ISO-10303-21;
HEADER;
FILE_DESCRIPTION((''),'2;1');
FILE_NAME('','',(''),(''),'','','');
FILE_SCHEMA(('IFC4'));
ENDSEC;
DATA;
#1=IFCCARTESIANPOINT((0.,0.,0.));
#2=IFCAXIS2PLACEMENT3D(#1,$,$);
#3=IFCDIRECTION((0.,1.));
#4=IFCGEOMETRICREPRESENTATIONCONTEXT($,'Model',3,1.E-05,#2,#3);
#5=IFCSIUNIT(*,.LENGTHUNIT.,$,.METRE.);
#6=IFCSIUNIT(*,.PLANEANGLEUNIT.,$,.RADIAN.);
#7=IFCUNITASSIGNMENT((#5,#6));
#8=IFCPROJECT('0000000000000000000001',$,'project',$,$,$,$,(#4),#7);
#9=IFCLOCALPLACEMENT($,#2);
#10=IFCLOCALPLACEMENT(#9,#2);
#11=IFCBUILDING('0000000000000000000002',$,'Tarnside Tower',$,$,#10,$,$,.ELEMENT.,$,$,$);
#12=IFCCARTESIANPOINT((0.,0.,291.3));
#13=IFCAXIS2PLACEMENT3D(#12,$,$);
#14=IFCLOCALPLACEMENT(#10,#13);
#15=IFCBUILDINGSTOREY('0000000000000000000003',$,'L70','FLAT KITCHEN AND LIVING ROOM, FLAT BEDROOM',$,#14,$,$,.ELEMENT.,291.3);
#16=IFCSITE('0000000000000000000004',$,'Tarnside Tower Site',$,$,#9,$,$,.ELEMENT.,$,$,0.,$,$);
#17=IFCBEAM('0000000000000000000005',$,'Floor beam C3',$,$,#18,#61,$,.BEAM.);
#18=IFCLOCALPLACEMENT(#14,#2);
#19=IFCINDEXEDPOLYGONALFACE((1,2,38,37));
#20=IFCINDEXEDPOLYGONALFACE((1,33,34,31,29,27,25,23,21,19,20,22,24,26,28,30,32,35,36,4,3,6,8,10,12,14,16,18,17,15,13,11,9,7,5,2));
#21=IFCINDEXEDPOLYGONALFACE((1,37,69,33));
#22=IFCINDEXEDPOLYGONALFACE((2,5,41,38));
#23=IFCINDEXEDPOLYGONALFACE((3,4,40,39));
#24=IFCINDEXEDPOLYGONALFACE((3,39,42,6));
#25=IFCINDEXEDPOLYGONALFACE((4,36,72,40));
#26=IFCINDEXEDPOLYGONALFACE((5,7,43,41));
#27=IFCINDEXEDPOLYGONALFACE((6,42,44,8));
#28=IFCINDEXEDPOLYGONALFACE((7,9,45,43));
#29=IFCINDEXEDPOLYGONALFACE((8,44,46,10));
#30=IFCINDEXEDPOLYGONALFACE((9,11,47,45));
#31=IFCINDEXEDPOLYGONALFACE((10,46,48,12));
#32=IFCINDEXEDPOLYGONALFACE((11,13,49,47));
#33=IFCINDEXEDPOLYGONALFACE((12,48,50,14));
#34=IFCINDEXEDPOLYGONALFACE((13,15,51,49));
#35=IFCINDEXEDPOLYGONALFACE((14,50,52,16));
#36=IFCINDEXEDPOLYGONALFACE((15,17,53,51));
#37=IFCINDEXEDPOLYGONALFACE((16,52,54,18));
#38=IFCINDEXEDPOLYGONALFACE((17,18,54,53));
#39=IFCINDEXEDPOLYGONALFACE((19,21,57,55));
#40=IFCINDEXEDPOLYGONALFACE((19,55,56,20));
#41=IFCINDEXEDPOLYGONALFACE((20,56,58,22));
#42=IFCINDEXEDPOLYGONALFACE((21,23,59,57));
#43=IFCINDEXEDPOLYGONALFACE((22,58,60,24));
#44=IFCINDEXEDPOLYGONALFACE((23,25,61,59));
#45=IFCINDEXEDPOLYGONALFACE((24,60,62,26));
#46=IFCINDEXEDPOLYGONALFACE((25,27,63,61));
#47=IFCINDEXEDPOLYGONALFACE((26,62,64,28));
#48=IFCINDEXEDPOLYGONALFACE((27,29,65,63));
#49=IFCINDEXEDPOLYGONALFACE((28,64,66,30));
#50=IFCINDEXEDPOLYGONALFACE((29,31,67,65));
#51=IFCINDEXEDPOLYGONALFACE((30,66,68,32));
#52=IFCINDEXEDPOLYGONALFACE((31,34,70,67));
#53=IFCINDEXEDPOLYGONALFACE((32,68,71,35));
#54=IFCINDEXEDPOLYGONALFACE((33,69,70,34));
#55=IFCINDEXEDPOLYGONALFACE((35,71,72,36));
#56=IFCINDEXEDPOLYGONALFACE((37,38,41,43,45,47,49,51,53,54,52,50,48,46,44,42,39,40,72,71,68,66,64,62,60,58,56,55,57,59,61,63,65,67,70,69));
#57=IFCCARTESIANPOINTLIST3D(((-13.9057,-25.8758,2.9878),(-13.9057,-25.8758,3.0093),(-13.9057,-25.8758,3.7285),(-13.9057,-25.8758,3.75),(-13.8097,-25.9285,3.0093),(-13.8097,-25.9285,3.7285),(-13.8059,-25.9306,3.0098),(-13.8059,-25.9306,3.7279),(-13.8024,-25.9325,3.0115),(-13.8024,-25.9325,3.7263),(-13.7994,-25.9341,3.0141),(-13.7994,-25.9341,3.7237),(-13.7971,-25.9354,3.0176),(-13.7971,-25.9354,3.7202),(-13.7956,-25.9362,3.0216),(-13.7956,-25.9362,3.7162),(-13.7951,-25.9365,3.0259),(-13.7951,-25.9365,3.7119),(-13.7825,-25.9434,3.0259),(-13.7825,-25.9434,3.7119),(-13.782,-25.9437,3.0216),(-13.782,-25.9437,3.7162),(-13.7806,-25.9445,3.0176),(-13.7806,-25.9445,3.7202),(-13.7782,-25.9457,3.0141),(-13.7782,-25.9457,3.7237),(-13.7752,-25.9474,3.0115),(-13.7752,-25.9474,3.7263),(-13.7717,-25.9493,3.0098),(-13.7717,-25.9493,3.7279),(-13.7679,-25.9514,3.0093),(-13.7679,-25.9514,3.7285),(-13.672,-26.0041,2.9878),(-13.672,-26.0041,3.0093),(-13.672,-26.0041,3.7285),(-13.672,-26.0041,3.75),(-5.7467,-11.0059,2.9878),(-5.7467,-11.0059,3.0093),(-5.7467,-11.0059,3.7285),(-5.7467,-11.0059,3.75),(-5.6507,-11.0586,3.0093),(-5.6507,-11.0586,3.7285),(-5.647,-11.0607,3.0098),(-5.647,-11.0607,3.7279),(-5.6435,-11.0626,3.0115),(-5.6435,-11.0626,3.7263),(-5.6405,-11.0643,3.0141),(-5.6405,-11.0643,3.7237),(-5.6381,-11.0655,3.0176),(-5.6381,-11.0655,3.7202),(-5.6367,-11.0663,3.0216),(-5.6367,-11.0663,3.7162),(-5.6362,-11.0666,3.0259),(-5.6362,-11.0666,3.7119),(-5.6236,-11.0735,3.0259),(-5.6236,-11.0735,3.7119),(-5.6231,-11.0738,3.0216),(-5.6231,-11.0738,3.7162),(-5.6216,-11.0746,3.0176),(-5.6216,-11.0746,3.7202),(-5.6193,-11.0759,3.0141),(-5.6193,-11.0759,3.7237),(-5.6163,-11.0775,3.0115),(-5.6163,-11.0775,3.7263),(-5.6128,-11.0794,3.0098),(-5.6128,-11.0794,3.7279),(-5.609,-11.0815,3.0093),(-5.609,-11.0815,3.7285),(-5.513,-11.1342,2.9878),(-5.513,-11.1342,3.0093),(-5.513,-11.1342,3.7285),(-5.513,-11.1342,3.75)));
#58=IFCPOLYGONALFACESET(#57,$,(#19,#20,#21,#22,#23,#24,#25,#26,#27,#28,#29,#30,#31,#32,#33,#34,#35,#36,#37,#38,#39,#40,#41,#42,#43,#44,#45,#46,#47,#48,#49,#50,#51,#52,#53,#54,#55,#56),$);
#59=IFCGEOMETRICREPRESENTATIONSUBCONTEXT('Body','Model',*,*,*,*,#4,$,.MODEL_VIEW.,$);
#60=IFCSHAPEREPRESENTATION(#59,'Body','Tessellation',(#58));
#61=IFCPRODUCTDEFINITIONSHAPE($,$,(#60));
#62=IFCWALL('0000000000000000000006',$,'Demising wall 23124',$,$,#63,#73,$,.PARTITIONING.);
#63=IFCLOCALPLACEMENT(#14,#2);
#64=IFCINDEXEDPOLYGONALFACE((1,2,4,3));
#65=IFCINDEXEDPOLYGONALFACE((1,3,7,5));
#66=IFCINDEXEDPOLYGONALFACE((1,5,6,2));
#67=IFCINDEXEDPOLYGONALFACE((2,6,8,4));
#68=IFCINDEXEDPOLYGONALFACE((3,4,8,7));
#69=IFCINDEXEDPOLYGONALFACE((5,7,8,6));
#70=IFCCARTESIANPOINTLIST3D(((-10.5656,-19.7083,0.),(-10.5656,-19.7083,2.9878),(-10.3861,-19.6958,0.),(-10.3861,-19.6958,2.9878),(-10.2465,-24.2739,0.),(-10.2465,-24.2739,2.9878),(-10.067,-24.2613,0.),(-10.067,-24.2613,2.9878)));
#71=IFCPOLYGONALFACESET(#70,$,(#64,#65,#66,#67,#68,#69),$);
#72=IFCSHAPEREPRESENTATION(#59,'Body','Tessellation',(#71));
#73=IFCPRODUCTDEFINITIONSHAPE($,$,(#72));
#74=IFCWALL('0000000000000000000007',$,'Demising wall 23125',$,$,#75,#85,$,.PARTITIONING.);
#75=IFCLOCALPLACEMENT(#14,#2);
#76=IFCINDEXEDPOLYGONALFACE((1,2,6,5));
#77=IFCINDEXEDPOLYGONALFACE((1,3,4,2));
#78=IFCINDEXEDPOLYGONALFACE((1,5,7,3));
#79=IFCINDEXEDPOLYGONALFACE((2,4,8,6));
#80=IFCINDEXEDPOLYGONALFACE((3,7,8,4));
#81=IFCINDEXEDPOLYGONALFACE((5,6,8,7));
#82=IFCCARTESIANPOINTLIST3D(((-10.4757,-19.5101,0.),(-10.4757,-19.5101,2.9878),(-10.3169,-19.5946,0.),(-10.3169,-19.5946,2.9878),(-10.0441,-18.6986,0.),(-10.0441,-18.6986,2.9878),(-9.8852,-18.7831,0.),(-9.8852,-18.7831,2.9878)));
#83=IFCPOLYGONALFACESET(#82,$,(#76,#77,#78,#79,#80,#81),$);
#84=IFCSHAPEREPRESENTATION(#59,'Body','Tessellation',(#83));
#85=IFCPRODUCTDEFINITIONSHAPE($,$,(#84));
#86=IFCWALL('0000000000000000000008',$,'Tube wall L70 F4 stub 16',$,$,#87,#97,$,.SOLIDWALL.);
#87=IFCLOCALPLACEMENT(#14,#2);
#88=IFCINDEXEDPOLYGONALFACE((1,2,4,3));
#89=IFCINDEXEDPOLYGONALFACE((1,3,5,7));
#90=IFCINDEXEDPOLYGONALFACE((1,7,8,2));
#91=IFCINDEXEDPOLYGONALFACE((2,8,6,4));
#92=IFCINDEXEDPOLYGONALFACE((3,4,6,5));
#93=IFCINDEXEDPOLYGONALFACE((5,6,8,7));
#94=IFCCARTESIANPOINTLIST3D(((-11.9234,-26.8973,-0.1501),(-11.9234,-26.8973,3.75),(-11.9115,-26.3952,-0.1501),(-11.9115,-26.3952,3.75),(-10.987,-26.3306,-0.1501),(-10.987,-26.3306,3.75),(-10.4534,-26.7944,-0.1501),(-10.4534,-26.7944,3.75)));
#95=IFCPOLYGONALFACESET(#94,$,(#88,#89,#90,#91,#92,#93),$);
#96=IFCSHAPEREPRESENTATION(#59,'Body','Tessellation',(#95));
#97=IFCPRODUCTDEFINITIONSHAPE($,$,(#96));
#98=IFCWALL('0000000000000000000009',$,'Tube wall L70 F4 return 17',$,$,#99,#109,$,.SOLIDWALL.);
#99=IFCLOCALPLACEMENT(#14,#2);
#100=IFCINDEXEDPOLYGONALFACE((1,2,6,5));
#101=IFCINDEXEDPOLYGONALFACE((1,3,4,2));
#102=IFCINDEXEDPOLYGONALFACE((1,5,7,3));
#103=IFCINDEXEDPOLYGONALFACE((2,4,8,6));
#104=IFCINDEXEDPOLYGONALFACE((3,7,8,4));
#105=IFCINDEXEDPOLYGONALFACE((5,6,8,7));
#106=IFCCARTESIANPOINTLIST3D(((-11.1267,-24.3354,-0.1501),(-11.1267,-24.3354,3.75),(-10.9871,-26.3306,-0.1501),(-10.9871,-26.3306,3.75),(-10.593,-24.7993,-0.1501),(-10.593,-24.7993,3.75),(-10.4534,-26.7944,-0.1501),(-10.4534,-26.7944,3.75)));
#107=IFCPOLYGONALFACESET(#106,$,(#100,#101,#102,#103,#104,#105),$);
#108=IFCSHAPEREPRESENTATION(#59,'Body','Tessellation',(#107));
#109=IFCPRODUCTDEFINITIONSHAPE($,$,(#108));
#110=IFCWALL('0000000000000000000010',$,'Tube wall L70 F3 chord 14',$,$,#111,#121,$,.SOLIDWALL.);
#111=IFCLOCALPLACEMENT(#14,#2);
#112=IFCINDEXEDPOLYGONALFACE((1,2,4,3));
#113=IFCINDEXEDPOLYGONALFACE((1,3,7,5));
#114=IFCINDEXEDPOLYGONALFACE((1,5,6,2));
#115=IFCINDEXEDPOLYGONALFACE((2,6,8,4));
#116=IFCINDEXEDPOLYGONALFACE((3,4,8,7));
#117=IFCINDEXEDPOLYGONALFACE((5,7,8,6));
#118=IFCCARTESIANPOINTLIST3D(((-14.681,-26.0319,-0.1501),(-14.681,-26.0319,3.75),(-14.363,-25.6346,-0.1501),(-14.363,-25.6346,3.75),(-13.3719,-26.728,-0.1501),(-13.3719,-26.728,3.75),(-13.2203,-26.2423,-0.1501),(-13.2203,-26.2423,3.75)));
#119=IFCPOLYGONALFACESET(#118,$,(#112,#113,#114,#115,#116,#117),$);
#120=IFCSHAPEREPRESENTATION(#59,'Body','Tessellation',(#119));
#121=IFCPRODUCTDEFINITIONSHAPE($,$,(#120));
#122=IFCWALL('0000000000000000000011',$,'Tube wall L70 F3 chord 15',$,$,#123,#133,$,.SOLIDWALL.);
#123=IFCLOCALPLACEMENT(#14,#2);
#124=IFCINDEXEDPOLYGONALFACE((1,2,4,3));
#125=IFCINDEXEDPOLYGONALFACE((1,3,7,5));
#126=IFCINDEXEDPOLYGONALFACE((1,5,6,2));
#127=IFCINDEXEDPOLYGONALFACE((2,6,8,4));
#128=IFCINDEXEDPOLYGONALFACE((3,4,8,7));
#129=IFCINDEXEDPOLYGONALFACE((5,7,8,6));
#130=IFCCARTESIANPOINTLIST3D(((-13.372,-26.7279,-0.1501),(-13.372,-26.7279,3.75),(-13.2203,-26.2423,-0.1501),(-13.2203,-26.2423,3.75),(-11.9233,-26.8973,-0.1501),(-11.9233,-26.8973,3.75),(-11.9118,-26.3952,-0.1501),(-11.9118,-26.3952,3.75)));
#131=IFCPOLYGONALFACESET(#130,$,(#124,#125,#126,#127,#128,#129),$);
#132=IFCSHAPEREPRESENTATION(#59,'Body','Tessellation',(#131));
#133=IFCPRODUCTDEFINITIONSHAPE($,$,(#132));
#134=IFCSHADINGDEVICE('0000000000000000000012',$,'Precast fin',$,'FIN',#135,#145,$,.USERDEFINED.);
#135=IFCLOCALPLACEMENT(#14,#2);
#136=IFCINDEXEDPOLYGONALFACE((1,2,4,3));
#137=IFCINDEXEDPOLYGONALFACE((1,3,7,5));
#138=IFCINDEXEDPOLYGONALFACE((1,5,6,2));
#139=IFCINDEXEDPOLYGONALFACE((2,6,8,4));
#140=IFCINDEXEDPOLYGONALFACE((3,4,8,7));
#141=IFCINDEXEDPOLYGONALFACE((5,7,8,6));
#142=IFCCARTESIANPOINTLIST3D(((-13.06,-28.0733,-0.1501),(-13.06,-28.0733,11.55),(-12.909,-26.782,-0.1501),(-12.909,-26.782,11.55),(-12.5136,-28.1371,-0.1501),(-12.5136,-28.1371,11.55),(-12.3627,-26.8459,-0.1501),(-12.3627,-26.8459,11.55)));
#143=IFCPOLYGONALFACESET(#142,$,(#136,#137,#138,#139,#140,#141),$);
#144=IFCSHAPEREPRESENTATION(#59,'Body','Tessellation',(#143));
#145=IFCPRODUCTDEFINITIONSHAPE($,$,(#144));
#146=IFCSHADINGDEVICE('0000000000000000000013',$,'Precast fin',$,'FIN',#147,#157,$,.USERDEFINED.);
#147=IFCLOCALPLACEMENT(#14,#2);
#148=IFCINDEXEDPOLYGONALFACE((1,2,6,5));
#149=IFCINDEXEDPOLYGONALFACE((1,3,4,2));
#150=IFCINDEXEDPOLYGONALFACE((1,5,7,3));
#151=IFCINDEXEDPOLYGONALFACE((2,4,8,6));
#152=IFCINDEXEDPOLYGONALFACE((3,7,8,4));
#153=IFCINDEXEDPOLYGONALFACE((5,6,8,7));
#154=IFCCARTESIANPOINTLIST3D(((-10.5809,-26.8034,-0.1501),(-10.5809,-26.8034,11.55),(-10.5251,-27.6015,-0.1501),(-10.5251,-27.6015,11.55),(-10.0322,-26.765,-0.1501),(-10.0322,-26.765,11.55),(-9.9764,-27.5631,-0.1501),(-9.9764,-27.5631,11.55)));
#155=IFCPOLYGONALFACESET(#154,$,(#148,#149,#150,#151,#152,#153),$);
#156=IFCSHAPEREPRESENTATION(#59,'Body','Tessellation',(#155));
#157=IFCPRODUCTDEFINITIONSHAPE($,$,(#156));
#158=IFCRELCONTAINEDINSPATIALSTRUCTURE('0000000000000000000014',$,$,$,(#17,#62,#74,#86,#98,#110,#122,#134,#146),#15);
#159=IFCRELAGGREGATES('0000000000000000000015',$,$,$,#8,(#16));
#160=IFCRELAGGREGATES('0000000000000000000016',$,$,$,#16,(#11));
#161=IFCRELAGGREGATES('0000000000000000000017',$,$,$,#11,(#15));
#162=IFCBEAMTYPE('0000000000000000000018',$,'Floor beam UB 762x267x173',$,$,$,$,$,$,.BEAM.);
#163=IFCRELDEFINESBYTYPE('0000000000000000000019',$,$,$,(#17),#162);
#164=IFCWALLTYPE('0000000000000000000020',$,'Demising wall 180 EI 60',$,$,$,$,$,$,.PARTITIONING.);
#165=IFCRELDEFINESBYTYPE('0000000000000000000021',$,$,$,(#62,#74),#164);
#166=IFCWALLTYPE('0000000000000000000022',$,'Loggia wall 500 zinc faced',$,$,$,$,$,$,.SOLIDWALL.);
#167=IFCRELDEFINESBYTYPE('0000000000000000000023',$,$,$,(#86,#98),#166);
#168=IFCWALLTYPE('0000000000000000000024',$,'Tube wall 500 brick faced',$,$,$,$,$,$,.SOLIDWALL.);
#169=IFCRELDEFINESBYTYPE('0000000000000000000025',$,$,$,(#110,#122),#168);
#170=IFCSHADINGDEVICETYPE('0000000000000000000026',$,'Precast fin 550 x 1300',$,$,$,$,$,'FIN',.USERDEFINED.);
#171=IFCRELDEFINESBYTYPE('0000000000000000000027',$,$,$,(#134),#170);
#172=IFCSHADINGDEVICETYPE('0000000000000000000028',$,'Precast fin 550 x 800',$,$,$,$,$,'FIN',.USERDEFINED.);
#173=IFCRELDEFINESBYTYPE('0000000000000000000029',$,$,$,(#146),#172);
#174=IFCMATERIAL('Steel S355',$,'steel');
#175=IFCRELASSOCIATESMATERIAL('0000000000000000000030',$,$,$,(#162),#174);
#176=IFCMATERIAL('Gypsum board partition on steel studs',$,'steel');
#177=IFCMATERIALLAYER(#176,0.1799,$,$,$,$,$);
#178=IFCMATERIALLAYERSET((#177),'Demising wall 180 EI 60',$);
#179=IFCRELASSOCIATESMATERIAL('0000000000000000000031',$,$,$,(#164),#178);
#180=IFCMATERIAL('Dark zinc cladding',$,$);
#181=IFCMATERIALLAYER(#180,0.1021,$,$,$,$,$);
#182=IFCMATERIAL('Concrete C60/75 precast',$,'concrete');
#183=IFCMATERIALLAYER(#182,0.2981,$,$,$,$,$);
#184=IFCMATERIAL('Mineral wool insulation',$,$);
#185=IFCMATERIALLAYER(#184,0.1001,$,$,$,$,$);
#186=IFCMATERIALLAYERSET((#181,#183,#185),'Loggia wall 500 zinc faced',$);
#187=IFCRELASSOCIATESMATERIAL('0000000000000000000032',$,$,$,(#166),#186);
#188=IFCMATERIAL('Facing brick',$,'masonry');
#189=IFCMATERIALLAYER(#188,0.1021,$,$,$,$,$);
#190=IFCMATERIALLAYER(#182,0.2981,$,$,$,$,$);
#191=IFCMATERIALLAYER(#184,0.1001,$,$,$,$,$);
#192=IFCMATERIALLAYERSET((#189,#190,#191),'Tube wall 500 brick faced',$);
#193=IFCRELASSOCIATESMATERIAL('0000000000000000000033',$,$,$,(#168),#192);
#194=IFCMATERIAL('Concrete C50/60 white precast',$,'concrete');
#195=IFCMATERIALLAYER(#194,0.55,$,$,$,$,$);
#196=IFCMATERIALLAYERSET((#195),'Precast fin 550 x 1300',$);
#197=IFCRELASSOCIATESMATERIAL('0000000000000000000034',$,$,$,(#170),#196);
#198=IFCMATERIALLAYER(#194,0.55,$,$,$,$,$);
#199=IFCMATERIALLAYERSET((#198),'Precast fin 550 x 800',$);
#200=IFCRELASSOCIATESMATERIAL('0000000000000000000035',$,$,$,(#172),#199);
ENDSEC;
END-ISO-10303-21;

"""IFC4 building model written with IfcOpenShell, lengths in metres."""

from ifc_helpers import new_model, si_unit, direction, frame, frame_2d, origin, origin_2d, place, context, subcontext, project, spatial, polyline, rectangle, i_section, outline, extrude, material, layer, layer_set, material_profile, profile_set, type_object, element, save


model = new_model("IFC4")

# Units and contexts
model_context = context("Model", 3, precision=1e-05, world=origin(), true_north=direction((0.0, 1.0)))
body_context = subcontext(model_context, "Body", "Model", "MODEL_VIEW")
ifc_project = project(units=[si_unit("LENGTHUNIT", "METRE"), si_unit("PLANEANGLEUNIT", "RADIAN")], contexts=[model_context])

# Site, building, storey
site_placement = place(None, origin())
site = spatial("IfcSite", under=ifc_project, at=site_placement, Name="Tarnside Tower Site", CompositionType="ELEMENT", RefElevation=0.0)
building_placement = place(site_placement, origin())
building = spatial("IfcBuilding", under=site, at=building_placement, Name="Tarnside Tower", CompositionType="ELEMENT")
storey_placement = place(building_placement, frame((0.0, 0.0, 291.3)))
storey = spatial("IfcBuildingStorey", under=building, at=storey_placement, Name="L70", Description="FLAT KITCHEN AND LIVING ROOM, FLAT BEDROOM", CompositionType="ELEMENT", Elevation=291.3)

# Beam
ifc_material_1 = material(Name="Steel S355", Category="steel")
ifc_material_profile = material_profile(ifc_material_1, i_section(OverallWidth=0.2666, OverallDepth=0.7622, WebThickness=0.0144, FlangeThickness=0.0215, FilletRadius=0.0166, at=origin_2d()), Name="UB 762x267x173")
ifc_profile_set = profile_set([ifc_material_profile], Name="Steel S355")
beam_type = type_object("IfcBeamType", Name="Floor beam UB 762x267x173", PredefinedType="BEAM", material=ifc_profile_set)
beam_placement = place(storey_placement, frame((-13.7888, -25.9399, 3.3689), z_axis=(0.481036, 0.876701, 0.0), x_axis=(-0.876701, 0.481036, 0.0)))
element("IfcBeam", 1, at=beam_placement, inside=storey, type_object=beam_type, Name="Floor beam C3", PredefinedType="BEAM", context=body_context, shape_type="SweptSolid", body=[
    extrude(i_section(OverallWidth=0.2666, OverallDepth=0.7622, WebThickness=0.0144, FlangeThickness=0.0215, FilletRadius=0.0166, at=origin_2d()), origin(), (0.0, 0.0, 1.0), 16.9612),
])

# Walls
ifc_material_2 = material(Name="Gypsum board partition on steel studs", Category="steel")
ifc_layer_1 = layer(ifc_material_2, 0.1799)
ifc_layer_set_1 = layer_set([ifc_layer_1], Name="Demising wall 180 EI 60")
wall_type_1 = type_object("IfcWallType", Name="Demising wall 180 EI 60", PredefinedType="PARTITIONING", material=ifc_layer_set_1)
wall_1_placement = place(storey_placement, frame((-10.1567, -24.2676, 0.0), z_axis=(0.0, 0.0, 1.0), x_axis=(-0.069723, 0.997566, 0.0)))
element("IfcWall", 2, at=wall_1_placement, inside=storey, type_object=wall_type_1, Name="Demising wall 23124", PredefinedType="PARTITIONING", context=body_context, shape_type="SweptSolid", body=[
    extrude(rectangle(XDim=4.5767, YDim=0.1799, at=frame_2d((2.2883, 0.0))), origin(), (0.0, 0.0, 1.0), 2.9878),
])
wall_2_placement = place(storey_placement, frame((-10.3962, -19.5522, 0.0), z_axis=(0.0, 0.0, 1.0), x_axis=(0.469595, 0.882882, 0.0)))
element("IfcWall", 3, at=wall_2_placement, inside=storey, type_object=wall_type_1, Name="Demising wall 23125", PredefinedType="PARTITIONING", context=body_context, shape_type="SweptSolid", body=[
    extrude(rectangle(XDim=0.9192, YDim=0.1799, at=frame_2d((0.4595, 0.0))), origin(), (0.0, 0.0, 1.0), 2.9878),
])
ifc_material_3 = material(Name="Dark zinc cladding")
ifc_layer_2 = layer(ifc_material_3, 0.1021)
ifc_material_4 = material(Name="Concrete C60/75 precast", Category="concrete")
ifc_layer_3 = layer(ifc_material_4, 0.2981)
ifc_material_5 = material(Name="Mineral wool insulation")
ifc_layer_4 = layer(ifc_material_5, 0.1001)
ifc_layer_set_2 = layer_set([ifc_layer_2, ifc_layer_3, ifc_layer_4], Name="Loggia wall 500 zinc faced")
wall_type_2 = type_object("IfcWallType", Name="Loggia wall 500 zinc faced", PredefinedType="SOLIDWALL", material=ifc_layer_set_2)
wall_3_placement = place(storey_placement, frame((-11.9175, -26.6462, -0.1501), z_axis=(0.0, 0.0, 1.0), x_axis=(0.997563, 0.069772, 0.0)))
element("IfcWall", 4, at=wall_3_placement, inside=storey, type_object=wall_type_2, Name="Tube wall L70 F4 stub 16", PredefinedType="SOLIDWALL", context=body_context, shape_type="SweptSolid", body=[
    extrude(outline(polyline([(-0.0234, -0.25), (1.4502, -0.25), (0.9502, 0.25), (0.0234, 0.25), (-0.0234, -0.25)])), origin(), (0.0, 0.0, 1.0), 3.9001),
])
wall_4_placement = place(storey_placement, frame((-10.7202, -26.5625, -0.1501), z_axis=(0.0, 0.0, 1.0), x_axis=(-0.069824, 0.997559, 0.0)))
element("IfcWall", 5, at=wall_4_placement, inside=storey, type_object=wall_type_2, Name="Tube wall L70 F4 return 17", PredefinedType="SOLIDWALL", context=body_context, shape_type="SweptSolid", body=[
    extrude(outline(polyline([(-0.25, -0.25), (1.75, -0.25), (2.25, 0.25), (0.25, 0.25), (-0.25, -0.25)])), origin(), (0.0, 0.0, 1.0), 3.9001),
])

# Walls
ifc_material_6 = material(Name="Facing brick", Category="masonry")
ifc_layer_5 = layer(ifc_material_6, 0.1021)
ifc_layer_6 = layer(ifc_material_4, 0.2981)
ifc_layer_7 = layer(ifc_material_5, 0.1001)
ifc_layer_set_3 = layer_set([ifc_layer_5, ifc_layer_6, ifc_layer_7], Name="Tube wall 500 brick faced")
wall_type_3 = type_object("IfcWallType", Name="Tube wall 500 brick faced", PredefinedType="SOLIDWALL", material=ifc_layer_set_3)
wall_5_placement = place(storey_placement, frame((-14.522, -25.8333, -0.1501), z_axis=(0.0, 0.0, 1.0), x_axis=(0.882927, -0.469511, 0.0)))
element("IfcWall", 6, at=wall_5_placement, inside=storey, type_object=wall_type_3, Name="Tube wall L70 F3 chord 14", PredefinedType="SOLIDWALL", context=body_context, shape_type="SweptSolid", body=[
    extrude(outline(polyline([(-0.0471, -0.25), (1.4355, -0.25), (1.3413, 0.25), (0.0471, 0.25), (-0.0471, -0.25)])), origin(), (0.0, 0.0, 1.0), 3.9001),
])
wall_6_placement = place(storey_placement, frame((-13.2961, -26.4851, -0.1501), z_axis=(0.0, 0.0, 1.0), x_axis=(0.993239, -0.116086, 0.0)))
element("IfcWall", 7, at=wall_6_placement, inside=storey, type_object=wall_type_3, Name="Tube wall L70 F3 chord 15", PredefinedType="SOLIDWALL", context=body_context, shape_type="SweptSolid", body=[
    extrude(outline(polyline([(-0.0471, -0.25), (1.4114, -0.25), (1.3645, 0.25), (0.0471, 0.25), (-0.0471, -0.25)])), origin(), (0.0, 0.0, 1.0), 3.9001),
])

# Shading devices
ifc_material_7 = material(Name="Concrete C50/60 white precast", Category="concrete")
ifc_layer_8 = layer(ifc_material_7, 0.55)
ifc_layer_set_4 = layer_set([ifc_layer_8], Name="Precast fin 550 x 1300")
shading_device_type_1 = type_object("IfcShadingDeviceType", Name="Precast fin 550 x 1300", ElementType="FIN", PredefinedType="USERDEFINED", material=ifc_layer_set_4)
shading_device_1_placement = place(storey_placement, frame((-12.6357, -26.814, -0.1501), z_axis=(-0.993238, 0.116093, 0.0), x_axis=(-0.116093, -0.993238, 0.0)))
element("IfcShadingDevice", 8, at=shading_device_1_placement, inside=storey, type_object=shading_device_type_1, Name="Precast fin", ObjectType="FIN", PredefinedType="USERDEFINED", context=body_context, shape_type="SweptSolid", body=[
    extrude(outline(polyline([(0.0, 0.0), (1.3, 0.0), (1.3, 11.7002), (0.0, 11.7002), (0.0, 0.0)])), frame((0.0, 0.0, -0.2749)), (0.0, 0.0, 1.0), 0.55),
])
ifc_layer_9 = layer(ifc_material_7, 0.55)
ifc_layer_set_5 = layer_set([ifc_layer_9], Name="Precast fin 550 x 800")
shading_device_type_2 = type_object("IfcShadingDeviceType", Name="Precast fin 550 x 800", ElementType="FIN", PredefinedType="USERDEFINED", material=ifc_layer_set_5)
shading_device_2_placement = place(storey_placement, frame((-10.3064, -26.7842, -0.1501), z_axis=(-0.997564, -0.069756, 0.0), x_axis=(0.069756, -0.997564, 0.0)))
element("IfcShadingDevice", 9, at=shading_device_2_placement, inside=storey, type_object=shading_device_type_2, Name="Precast fin", ObjectType="FIN", PredefinedType="USERDEFINED", context=body_context, shape_type="SweptSolid", body=[
    extrude(outline(polyline([(0.0, 0.0), (0.8, 0.0), (0.8, 11.7002), (0.0, 11.7002), (0.0, 0.0)])), frame((0.0, 0.0, -0.2749)), (0.0, 0.0, 1.0), 0.55),
])

save(model, "model.ifc")
